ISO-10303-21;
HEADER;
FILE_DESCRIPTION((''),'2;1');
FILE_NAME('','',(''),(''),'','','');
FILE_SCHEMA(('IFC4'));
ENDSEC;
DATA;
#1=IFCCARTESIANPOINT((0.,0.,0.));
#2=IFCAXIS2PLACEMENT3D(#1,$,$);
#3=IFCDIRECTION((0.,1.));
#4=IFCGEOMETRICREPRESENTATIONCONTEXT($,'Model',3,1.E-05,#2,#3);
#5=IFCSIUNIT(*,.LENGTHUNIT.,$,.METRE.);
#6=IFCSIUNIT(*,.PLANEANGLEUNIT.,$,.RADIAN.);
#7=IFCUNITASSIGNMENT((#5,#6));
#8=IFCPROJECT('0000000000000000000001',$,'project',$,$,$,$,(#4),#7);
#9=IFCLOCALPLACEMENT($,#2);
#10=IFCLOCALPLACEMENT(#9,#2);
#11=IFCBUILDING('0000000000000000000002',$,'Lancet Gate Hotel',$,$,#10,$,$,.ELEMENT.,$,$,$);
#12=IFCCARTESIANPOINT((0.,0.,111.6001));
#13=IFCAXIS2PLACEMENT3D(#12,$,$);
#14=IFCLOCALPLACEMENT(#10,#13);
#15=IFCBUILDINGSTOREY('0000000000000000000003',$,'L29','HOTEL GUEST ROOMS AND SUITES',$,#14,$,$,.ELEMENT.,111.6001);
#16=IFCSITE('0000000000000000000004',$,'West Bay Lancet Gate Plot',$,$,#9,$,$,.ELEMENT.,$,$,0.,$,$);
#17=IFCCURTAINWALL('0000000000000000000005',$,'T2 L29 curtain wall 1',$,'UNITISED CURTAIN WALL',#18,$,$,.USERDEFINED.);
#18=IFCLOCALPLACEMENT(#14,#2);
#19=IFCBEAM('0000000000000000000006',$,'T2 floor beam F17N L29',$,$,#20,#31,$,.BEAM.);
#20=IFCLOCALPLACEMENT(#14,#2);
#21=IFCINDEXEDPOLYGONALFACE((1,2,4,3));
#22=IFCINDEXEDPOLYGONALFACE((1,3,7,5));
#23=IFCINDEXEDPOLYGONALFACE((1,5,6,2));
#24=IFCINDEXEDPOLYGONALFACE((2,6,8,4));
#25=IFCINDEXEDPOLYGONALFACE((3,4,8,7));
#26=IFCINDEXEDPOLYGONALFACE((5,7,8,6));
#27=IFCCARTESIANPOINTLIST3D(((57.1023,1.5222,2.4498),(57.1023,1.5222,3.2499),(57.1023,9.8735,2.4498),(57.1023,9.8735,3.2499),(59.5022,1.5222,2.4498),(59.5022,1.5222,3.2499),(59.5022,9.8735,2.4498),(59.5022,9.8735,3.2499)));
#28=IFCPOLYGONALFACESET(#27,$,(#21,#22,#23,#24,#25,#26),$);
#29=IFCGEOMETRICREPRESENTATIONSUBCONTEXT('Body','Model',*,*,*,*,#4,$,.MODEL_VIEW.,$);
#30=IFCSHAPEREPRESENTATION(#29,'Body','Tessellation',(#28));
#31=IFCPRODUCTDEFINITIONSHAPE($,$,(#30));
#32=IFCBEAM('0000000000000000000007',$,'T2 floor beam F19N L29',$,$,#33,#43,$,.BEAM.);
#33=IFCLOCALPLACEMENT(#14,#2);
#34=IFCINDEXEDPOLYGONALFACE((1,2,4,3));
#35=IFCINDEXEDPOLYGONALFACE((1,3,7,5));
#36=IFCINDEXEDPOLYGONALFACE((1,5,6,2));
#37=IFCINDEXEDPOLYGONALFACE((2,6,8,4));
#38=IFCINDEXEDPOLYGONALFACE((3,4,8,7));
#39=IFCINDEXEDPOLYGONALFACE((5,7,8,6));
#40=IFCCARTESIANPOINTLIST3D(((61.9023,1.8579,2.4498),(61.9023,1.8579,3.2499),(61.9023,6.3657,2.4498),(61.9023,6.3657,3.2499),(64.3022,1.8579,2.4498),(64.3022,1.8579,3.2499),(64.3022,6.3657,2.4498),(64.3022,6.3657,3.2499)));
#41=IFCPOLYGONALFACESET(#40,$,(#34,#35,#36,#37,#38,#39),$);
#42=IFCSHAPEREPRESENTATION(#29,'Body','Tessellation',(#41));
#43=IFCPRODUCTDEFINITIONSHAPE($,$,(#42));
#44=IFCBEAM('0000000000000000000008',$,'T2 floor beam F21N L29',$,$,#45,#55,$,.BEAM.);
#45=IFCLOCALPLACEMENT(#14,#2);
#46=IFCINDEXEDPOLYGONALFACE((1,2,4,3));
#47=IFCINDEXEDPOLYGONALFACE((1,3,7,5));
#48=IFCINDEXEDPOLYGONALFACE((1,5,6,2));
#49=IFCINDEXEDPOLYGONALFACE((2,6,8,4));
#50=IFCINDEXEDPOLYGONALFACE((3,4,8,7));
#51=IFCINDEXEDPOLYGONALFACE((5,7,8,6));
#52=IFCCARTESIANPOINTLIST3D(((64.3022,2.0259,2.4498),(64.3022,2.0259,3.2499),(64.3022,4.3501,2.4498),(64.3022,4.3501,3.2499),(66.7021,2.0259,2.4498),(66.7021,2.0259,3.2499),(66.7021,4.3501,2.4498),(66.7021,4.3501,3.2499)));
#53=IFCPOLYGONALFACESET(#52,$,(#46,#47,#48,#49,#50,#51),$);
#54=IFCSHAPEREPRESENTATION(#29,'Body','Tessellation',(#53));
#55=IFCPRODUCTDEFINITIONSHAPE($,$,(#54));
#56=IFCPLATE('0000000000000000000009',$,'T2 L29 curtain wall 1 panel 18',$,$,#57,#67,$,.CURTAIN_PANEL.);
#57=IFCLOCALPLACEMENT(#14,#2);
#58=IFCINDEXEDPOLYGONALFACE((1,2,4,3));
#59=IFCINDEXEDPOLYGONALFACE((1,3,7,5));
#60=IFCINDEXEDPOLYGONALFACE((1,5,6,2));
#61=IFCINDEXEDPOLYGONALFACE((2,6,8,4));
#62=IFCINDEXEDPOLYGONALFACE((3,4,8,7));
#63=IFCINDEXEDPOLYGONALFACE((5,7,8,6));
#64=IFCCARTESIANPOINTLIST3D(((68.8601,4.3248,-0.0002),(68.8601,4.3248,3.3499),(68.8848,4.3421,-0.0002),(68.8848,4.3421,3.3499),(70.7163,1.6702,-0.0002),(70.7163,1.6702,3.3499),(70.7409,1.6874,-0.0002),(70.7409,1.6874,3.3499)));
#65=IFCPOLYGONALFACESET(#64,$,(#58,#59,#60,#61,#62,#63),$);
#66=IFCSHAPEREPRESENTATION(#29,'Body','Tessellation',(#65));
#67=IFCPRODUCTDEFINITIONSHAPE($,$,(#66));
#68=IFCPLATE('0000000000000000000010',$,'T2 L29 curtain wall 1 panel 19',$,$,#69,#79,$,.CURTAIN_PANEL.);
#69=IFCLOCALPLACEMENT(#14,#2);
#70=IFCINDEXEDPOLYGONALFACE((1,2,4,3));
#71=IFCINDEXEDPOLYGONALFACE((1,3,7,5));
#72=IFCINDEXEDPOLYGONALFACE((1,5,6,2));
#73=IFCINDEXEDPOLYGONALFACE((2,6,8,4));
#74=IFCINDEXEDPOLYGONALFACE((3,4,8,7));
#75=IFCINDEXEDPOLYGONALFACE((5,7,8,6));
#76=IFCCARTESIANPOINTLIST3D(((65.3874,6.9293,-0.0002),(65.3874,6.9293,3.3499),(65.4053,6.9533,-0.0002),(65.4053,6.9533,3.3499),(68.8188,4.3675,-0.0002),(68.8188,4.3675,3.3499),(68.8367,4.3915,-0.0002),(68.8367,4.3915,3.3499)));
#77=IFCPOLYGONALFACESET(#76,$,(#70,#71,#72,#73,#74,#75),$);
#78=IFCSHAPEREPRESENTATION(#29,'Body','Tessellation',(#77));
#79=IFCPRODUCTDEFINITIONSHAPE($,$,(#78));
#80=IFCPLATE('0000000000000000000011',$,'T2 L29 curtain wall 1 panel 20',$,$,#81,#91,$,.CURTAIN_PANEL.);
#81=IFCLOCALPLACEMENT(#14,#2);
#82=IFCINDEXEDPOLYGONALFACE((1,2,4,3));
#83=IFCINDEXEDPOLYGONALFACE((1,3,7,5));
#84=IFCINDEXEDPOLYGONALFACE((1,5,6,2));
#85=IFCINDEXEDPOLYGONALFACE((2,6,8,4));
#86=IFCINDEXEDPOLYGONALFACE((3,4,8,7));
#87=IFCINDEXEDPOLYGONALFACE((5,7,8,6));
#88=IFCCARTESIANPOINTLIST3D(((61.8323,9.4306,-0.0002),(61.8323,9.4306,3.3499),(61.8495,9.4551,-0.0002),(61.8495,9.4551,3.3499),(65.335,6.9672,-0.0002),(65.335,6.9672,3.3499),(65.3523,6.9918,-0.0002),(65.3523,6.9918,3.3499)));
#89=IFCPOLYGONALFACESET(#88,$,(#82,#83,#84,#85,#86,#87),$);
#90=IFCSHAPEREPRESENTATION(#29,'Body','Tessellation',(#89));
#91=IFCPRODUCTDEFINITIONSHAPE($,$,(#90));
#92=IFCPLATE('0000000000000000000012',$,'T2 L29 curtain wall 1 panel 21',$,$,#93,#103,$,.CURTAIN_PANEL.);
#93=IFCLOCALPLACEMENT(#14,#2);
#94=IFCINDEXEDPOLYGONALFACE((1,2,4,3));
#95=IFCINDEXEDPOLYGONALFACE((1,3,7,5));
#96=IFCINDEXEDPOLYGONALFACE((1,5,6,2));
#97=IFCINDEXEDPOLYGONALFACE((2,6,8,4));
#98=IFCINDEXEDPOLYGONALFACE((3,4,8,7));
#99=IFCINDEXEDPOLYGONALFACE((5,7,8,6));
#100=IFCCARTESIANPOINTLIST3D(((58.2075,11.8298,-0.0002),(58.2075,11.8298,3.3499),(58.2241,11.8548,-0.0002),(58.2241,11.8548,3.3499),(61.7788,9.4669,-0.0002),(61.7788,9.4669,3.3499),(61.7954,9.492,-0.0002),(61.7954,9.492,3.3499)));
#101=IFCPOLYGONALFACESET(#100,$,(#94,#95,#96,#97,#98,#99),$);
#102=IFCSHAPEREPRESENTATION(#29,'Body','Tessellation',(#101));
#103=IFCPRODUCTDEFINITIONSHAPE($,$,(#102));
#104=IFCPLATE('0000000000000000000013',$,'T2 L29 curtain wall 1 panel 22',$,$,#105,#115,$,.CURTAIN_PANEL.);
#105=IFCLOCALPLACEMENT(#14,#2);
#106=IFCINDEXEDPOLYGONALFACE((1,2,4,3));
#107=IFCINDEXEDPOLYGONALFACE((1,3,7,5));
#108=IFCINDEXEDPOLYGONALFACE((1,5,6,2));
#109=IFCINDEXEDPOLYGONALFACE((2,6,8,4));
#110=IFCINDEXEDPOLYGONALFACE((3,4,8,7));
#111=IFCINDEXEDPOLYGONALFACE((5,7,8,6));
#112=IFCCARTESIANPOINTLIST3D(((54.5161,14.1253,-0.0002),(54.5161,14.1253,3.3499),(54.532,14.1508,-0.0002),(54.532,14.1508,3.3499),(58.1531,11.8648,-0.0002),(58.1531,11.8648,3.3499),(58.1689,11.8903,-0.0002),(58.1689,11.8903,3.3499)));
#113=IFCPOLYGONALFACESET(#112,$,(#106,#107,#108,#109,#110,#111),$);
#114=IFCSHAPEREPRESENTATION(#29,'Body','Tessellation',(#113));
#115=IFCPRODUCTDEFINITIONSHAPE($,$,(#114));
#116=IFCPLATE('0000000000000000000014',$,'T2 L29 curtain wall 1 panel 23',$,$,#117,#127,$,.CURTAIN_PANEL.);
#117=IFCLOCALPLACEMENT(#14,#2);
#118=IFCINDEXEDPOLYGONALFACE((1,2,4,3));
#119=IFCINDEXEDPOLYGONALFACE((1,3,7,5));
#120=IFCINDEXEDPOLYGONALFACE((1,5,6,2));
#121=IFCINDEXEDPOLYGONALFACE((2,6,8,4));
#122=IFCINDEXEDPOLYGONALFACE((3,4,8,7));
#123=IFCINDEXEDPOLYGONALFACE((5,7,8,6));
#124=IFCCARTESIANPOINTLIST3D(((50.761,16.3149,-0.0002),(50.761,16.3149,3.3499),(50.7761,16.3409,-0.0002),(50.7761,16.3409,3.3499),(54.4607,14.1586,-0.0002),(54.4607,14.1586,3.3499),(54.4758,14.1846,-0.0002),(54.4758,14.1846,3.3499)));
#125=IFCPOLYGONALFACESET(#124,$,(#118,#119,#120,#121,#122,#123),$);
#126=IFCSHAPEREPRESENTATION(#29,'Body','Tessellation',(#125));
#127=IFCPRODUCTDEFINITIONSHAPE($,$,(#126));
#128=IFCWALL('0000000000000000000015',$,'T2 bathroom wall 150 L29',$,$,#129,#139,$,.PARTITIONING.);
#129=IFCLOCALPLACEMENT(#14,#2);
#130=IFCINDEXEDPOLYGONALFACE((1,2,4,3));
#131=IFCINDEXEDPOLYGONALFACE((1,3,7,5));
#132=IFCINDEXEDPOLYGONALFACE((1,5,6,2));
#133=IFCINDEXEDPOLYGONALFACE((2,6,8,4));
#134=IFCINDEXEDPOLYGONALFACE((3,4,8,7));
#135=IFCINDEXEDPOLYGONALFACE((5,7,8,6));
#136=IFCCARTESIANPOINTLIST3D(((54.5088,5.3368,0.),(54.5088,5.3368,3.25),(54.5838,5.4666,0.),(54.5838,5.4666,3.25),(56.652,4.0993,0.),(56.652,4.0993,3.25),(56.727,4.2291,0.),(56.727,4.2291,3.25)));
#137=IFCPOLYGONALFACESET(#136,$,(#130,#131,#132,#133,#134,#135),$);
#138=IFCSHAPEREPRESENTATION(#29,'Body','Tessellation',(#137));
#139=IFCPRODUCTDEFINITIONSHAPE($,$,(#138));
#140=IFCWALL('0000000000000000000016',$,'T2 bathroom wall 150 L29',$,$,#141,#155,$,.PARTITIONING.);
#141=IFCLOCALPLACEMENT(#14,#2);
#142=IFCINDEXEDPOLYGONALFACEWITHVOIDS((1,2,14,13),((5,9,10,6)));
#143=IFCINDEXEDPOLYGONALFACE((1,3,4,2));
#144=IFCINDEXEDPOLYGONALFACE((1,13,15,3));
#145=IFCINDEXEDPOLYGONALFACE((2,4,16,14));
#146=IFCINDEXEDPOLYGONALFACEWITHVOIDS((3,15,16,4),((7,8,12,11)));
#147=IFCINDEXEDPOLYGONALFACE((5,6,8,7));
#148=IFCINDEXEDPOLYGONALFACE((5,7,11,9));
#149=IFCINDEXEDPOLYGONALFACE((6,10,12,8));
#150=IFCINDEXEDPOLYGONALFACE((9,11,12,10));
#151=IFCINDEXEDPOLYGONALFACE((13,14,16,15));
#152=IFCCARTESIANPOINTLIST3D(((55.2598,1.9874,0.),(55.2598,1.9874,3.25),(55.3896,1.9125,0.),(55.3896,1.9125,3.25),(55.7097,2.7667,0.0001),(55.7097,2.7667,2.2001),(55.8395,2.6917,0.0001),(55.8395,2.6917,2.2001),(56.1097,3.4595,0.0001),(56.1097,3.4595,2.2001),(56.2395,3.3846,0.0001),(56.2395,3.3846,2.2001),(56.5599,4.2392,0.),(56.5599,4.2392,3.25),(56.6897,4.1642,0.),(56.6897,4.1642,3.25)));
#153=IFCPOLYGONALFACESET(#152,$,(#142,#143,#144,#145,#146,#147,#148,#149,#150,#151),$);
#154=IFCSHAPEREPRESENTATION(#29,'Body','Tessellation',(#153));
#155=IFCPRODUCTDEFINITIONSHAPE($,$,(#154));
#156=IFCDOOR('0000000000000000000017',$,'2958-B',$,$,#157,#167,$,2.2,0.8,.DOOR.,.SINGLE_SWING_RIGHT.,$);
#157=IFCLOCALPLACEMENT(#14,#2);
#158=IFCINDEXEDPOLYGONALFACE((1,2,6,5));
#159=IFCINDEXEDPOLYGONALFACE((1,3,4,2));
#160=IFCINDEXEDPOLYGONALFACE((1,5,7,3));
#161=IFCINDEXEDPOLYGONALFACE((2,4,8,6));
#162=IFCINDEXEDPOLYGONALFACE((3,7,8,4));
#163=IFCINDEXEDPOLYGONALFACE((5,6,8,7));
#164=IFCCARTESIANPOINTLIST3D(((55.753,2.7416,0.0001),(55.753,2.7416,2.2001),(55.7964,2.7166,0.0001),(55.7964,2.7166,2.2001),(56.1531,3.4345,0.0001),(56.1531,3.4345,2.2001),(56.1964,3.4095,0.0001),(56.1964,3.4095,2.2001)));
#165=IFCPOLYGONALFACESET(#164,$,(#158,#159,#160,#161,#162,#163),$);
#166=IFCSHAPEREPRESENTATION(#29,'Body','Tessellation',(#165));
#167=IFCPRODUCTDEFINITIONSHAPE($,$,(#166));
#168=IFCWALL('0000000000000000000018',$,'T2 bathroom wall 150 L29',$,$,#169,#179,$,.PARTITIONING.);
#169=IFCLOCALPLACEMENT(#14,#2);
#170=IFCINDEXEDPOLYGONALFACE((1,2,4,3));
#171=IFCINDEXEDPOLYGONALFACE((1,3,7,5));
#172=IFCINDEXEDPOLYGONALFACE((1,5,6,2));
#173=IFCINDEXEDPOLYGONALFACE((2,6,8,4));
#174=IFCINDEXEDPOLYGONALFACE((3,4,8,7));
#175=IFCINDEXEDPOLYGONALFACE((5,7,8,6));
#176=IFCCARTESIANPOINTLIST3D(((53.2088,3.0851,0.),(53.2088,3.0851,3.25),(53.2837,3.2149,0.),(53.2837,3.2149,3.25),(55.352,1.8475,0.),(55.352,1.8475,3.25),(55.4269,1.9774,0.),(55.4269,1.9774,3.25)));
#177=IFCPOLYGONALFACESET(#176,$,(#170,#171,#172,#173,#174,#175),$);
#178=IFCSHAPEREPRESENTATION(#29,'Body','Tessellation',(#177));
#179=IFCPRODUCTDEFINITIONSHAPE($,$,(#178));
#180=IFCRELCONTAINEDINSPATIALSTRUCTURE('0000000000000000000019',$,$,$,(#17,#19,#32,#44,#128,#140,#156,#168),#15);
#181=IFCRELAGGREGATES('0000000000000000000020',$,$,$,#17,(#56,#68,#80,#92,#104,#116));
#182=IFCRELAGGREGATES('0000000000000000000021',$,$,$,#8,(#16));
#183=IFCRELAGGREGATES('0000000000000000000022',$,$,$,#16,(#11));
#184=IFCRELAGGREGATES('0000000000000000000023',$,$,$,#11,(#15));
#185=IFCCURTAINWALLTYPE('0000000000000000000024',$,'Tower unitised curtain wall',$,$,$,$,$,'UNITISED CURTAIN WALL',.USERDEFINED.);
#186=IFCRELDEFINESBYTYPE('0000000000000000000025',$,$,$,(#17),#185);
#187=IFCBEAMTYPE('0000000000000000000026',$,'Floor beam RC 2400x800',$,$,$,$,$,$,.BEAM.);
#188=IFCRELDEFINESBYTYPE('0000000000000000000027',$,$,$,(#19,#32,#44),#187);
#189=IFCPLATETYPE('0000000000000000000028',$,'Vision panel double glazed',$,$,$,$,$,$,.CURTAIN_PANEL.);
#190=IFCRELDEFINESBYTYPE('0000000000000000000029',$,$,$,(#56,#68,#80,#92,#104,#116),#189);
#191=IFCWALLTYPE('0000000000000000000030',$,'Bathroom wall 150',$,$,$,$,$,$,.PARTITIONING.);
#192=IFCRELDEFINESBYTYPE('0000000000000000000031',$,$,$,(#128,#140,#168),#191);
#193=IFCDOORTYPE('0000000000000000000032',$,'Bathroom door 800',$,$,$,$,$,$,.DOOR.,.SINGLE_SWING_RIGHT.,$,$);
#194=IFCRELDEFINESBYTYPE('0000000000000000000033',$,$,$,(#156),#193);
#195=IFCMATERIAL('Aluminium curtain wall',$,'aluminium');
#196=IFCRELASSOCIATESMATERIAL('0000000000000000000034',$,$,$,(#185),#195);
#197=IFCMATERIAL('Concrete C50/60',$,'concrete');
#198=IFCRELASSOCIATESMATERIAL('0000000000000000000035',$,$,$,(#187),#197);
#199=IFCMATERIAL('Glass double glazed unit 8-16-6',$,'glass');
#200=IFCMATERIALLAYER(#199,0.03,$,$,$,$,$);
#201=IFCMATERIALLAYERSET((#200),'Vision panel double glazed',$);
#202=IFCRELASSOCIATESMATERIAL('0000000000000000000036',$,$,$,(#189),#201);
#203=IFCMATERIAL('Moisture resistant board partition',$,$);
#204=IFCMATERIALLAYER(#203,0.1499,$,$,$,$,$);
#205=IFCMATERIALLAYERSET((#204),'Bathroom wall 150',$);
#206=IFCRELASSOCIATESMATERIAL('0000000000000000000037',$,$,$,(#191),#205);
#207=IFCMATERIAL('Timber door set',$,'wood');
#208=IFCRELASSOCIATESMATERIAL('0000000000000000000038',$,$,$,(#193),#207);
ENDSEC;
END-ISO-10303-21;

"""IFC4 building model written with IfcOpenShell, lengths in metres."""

from ifc_helpers import new_model, si_unit, direction, frame, frame_2d, origin, origin_2d, place, context, subcontext, project, spatial, rectangle, extrude, material, layer, layer_set, material_profile, profile_set, type_object, element, fill, aggregate, save


model = new_model("IFC4")

# Units and contexts
model_context = context("Model", 3, precision=1e-05, world=origin(), true_north=direction((0.0, 1.0)))
body_context = subcontext(model_context, "Body", "Model", "MODEL_VIEW")
ifc_project = project(units=[si_unit("LENGTHUNIT", "METRE"), si_unit("PLANEANGLEUNIT", "RADIAN")], contexts=[model_context])

# Site, building, storey
site_placement = place(None, origin())
site = spatial("IfcSite", under=ifc_project, at=site_placement, Name="West Bay Lancet Gate Plot", CompositionType="ELEMENT", RefElevation=0.0)
building_placement = place(site_placement, origin())
building = spatial("IfcBuilding", under=site, at=building_placement, Name="Lancet Gate Hotel", CompositionType="ELEMENT")
storey_placement = place(building_placement, frame((0.0, 0.0, 111.6001)))
storey = spatial("IfcBuildingStorey", under=building, at=storey_placement, Name="L29", Description="HOTEL GUEST ROOMS AND SUITES", CompositionType="ELEMENT", Elevation=111.6001)

# Curtain wall
ifc_material_1 = material(Name="Aluminium curtain wall", Category="aluminium")
curtain_wall_type = type_object("IfcCurtainWallType", Name="Tower unitised curtain wall", ElementType="UNITISED CURTAIN WALL", PredefinedType="USERDEFINED", material=ifc_material_1)
curtain_wall_placement = place(storey_placement, origin())
curtain_wall = element("IfcCurtainWall", 1, at=curtain_wall_placement, inside=storey, type_object=curtain_wall_type, Name="T2 L29 curtain wall 1", ObjectType="UNITISED CURTAIN WALL", PredefinedType="USERDEFINED")

# Beams
ifc_material_2 = material(Name="Concrete C50/60", Category="concrete")
ifc_material_profile_1 = material_profile(ifc_material_2, rectangle(XDim=2.3999, YDim=0.8, at=origin_2d()), Name="RC 2400x800")
ifc_profile_set_1 = profile_set([ifc_material_profile_1], Name="Concrete C50/60")
beam_type_1 = type_object("IfcBeamType", Name="Floor beam RC 2400x800", PredefinedType="BEAM", material=ifc_profile_set_1)
beam_1_placement = place(storey_placement, frame((58.3022, 1.5222, 2.8499), z_axis=(0.0, 1.0, 0.0), x_axis=(-1.0, 0.0, 0.0)))
element("IfcBeam", 2, at=beam_1_placement, inside=storey, type_object=beam_type_1, Name="T2 floor beam F17N L29", PredefinedType="BEAM", context=body_context, shape_type="SweptSolid", body=[
    extrude(rectangle(XDim=2.3999, YDim=0.8, at=origin_2d()), origin(), (0.0, 0.0, 1.0), 8.3513),
])
beam_2_placement = place(storey_placement, frame((63.1023, 1.8579, 2.8499), z_axis=(0.0, 1.0, 0.0), x_axis=(-1.0, 0.0, 0.0)))
element("IfcBeam", 3, at=beam_2_placement, inside=storey, type_object=beam_type_1, Name="T2 floor beam F19N L29", PredefinedType="BEAM", context=body_context, shape_type="SweptSolid", body=[
    extrude(rectangle(XDim=2.3999, YDim=0.8, at=origin_2d()), origin(), (0.0, 0.0, 1.0), 4.5078),
])
beam_3_placement = place(storey_placement, frame((65.5022, 2.0259, 2.8499), z_axis=(0.0, 1.0, 0.0), x_axis=(-1.0, 0.0, 0.0)))
element("IfcBeam", 4, at=beam_3_placement, inside=storey, type_object=beam_type_1, Name="T2 floor beam F21N L29", PredefinedType="BEAM", context=body_context, shape_type="SweptSolid", body=[
    extrude(rectangle(XDim=2.3999, YDim=0.8, at=origin_2d()), origin(), (0.0, 0.0, 1.0), 2.3242),
])

# Plates
ifc_material_3 = material(Name="Glass double glazed unit 8-16-6", Category="glass")
ifc_layer_1 = layer(ifc_material_3, 0.03)
ifc_layer_set_1 = layer_set([ifc_layer_1], Name="Vision panel double glazed")
plate_type = type_object("IfcPlateType", Name="Vision panel double glazed", PredefinedType="CURTAIN_PANEL", material=ifc_layer_set_1)
plate_1_placement = place(storey_placement, frame((69.8005, 3.0061, -0.0002), z_axis=(0.0, 0.0, 1.0), x_axis=(-0.573025, 0.819538, 0.0)))
plate_1 = element("IfcPlate", 5, at=plate_1_placement, type_object=plate_type, Name="T2 L29 curtain wall 1 panel 18", PredefinedType="CURTAIN_PANEL", context=body_context, shape_type="SweptSolid", body=[
    extrude(rectangle(XDim=3.2393, YDim=0.03, at=origin_2d()), origin(), (0.0, 0.0, 1.0), 3.3501),
])
plate_2_placement = place(storey_placement, frame((67.1121, 5.6604, -0.0002), z_axis=(0.0, 0.0, 1.0), x_axis=(-0.801314, 0.598244, 0.0)))
plate_2 = element("IfcPlate", 6, at=plate_2_placement, type_object=plate_type, Name="T2 L29 curtain wall 1 panel 19", PredefinedType="CURTAIN_PANEL", context=body_context, shape_type="SweptSolid", body=[
    extrude(rectangle(XDim=4.2822, YDim=0.03, at=origin_2d()), origin(), (0.0, 0.0, 1.0), 3.3501),
])
plate_3_placement = place(storey_placement, frame((63.5923, 8.2112, -0.0002), z_axis=(0.0, 0.0, 1.0), x_axis=(-0.817979, 0.575247, 0.0)))
plate_3 = element("IfcPlate", 7, at=plate_3_placement, type_object=plate_type, Name="T2 L29 curtain wall 1 panel 20", PredefinedType="CURTAIN_PANEL", context=body_context, shape_type="SweptSolid", body=[
    extrude(rectangle(XDim=4.2822, YDim=0.03, at=origin_2d()), origin(), (0.0, 0.0, 1.0), 3.3501),
])
plate_4_placement = place(storey_placement, frame((60.0015, 10.6609, -0.0002), z_axis=(0.0, 0.0, 1.0), x_axis=(-0.833985, 0.551787, 0.0)))
plate_4 = element("IfcPlate", 8, at=plate_4_placement, type_object=plate_type, Name="T2 L29 curtain wall 1 panel 21", PredefinedType="CURTAIN_PANEL", context=body_context, shape_type="SweptSolid", body=[
    extrude(rectangle(XDim=4.2822, YDim=0.03, at=origin_2d()), origin(), (0.0, 0.0, 1.0), 3.3501),
])
plate_5_placement = place(storey_placement, frame((56.3425, 13.0078, -0.0002), z_axis=(0.0, 0.0, 1.0), x_axis=(-0.849318, 0.527882, 0.0)))
plate_5 = element("IfcPlate", 9, at=plate_5_placement, type_object=plate_type, Name="T2 L29 curtain wall 1 panel 22", PredefinedType="CURTAIN_PANEL", context=body_context, shape_type="SweptSolid", body=[
    extrude(rectangle(XDim=4.2822, YDim=0.03, at=origin_2d()), origin(), (0.0, 0.0, 1.0), 3.3501),
])
plate_6_placement = place(storey_placement, frame((52.6184, 15.2498, -0.0002), z_axis=(0.0, 0.0, 1.0), x_axis=(-0.863966, 0.503551, 0.0)))
plate_6 = element("IfcPlate", 10, at=plate_6_placement, type_object=plate_type, Name="T2 L29 curtain wall 1 panel 23", PredefinedType="CURTAIN_PANEL", context=body_context, shape_type="SweptSolid", body=[
    extrude(rectangle(XDim=4.2822, YDim=0.03, at=origin_2d()), origin(), (0.0, 0.0, 1.0), 3.3501),
])
aggregate(curtain_wall, [plate_1, plate_2, plate_3, plate_4, plate_5, plate_6])

# Wall
ifc_material_4 = material(Name="Moisture resistant board partition")
ifc_layer_2 = layer(ifc_material_4, 0.1499)
ifc_layer_set_2 = layer_set([ifc_layer_2], Name="Bathroom wall 150")
wall_type = type_object("IfcWallType", Name="Bathroom wall 150", PredefinedType="PARTITIONING", material=ifc_layer_set_2)
wall_1_placement = place(storey_placement, frame((54.5464, 5.4016, 0.0), z_axis=(0.0, 0.0, 1.0), x_axis=(0.866007, -0.500033, 0.0)))
element("IfcWall", 11, at=wall_1_placement, inside=storey, type_object=wall_type, Name="T2 bathroom wall 150 L29", PredefinedType="PARTITIONING", context=body_context, shape_type="SweptSolid", body=[
    extrude(rectangle(XDim=2.4749, YDim=0.1499, at=frame_2d((1.2373, 0.0))), origin(), (0.0, 0.0, 1.0), 3.25),
])

# Wall, opening, door
wall_2_placement = place(storey_placement, frame((55.3247, 1.95, 0.0), z_axis=(0.0, 0.0, 1.0), x_axis=(0.500007, 0.866021, 0.0)))
wall_2 = element("IfcWall", 12, at=wall_2_placement, inside=storey, type_object=wall_type, Name="T2 bathroom wall 150 L29", PredefinedType="PARTITIONING", context=body_context, shape_type="SweptSolid", body=[
    extrude(rectangle(XDim=2.6001, YDim=0.1499, at=frame_2d((1.3, 0.0))), origin(), (0.0, 0.0, 1.0), 3.25),
])
opening_placement = place(wall_2_placement, frame((0.8999, 0.0, 0.0)))
opening = element("IfcOpeningElement", 13, at=opening_placement, cuts=wall_2, PredefinedType="OPENING", context=body_context, shape_type="SweptSolid", body=[
    extrude(rectangle(XDim=0.8, YDim=2.2, at=frame_2d((0.3999, 1.1001))), frame((0.0, 0.085, 0.0), z_axis=(0.0, -1.0, 0.0), x_axis=(1.0, 0.0, 0.0)), (0.0, 0.0, 1.0), 0.1699),
])
ifc_material_5 = material(Name="Timber door set", Category="wood")
door_type = type_object("IfcDoorType", Name="Bathroom door 800", OperationType="SINGLE_SWING_RIGHT", PredefinedType="DOOR", material=ifc_material_5)
door_placement = place(opening_placement, origin())
door = element("IfcDoor", 14, at=door_placement, inside=storey, type_object=door_type, Name="2958-B", OperationType="SINGLE_SWING_RIGHT", OverallHeight=2.2, OverallWidth=0.8, PredefinedType="DOOR", context=body_context, shape_type="SweptSolid", body=[
    extrude(rectangle(XDim=0.8, YDim=2.2, at=frame_2d((0.3999, 1.1001))), frame((0.0, 0.0249, 0.0), z_axis=(0.0, -1.0, 0.0), x_axis=(1.0, 0.0, 0.0)), (0.0, 0.0, 1.0), 0.05),
])
fill(opening, door)

# Wall
wall_3_placement = place(storey_placement, frame((53.2463, 3.1499, 0.0), z_axis=(0.0, 0.0, 1.0), x_axis=(0.866007, -0.500033, 0.0)))
element("IfcWall", 15, at=wall_3_placement, inside=storey, type_object=wall_type, Name="T2 bathroom wall 150 L29", PredefinedType="PARTITIONING", context=body_context, shape_type="SweptSolid", body=[
    extrude(rectangle(XDim=2.4749, YDim=0.1499, at=frame_2d((1.2373, 0.0))), origin(), (0.0, 0.0, 1.0), 3.25),
])

save(model, "model.ifc")
